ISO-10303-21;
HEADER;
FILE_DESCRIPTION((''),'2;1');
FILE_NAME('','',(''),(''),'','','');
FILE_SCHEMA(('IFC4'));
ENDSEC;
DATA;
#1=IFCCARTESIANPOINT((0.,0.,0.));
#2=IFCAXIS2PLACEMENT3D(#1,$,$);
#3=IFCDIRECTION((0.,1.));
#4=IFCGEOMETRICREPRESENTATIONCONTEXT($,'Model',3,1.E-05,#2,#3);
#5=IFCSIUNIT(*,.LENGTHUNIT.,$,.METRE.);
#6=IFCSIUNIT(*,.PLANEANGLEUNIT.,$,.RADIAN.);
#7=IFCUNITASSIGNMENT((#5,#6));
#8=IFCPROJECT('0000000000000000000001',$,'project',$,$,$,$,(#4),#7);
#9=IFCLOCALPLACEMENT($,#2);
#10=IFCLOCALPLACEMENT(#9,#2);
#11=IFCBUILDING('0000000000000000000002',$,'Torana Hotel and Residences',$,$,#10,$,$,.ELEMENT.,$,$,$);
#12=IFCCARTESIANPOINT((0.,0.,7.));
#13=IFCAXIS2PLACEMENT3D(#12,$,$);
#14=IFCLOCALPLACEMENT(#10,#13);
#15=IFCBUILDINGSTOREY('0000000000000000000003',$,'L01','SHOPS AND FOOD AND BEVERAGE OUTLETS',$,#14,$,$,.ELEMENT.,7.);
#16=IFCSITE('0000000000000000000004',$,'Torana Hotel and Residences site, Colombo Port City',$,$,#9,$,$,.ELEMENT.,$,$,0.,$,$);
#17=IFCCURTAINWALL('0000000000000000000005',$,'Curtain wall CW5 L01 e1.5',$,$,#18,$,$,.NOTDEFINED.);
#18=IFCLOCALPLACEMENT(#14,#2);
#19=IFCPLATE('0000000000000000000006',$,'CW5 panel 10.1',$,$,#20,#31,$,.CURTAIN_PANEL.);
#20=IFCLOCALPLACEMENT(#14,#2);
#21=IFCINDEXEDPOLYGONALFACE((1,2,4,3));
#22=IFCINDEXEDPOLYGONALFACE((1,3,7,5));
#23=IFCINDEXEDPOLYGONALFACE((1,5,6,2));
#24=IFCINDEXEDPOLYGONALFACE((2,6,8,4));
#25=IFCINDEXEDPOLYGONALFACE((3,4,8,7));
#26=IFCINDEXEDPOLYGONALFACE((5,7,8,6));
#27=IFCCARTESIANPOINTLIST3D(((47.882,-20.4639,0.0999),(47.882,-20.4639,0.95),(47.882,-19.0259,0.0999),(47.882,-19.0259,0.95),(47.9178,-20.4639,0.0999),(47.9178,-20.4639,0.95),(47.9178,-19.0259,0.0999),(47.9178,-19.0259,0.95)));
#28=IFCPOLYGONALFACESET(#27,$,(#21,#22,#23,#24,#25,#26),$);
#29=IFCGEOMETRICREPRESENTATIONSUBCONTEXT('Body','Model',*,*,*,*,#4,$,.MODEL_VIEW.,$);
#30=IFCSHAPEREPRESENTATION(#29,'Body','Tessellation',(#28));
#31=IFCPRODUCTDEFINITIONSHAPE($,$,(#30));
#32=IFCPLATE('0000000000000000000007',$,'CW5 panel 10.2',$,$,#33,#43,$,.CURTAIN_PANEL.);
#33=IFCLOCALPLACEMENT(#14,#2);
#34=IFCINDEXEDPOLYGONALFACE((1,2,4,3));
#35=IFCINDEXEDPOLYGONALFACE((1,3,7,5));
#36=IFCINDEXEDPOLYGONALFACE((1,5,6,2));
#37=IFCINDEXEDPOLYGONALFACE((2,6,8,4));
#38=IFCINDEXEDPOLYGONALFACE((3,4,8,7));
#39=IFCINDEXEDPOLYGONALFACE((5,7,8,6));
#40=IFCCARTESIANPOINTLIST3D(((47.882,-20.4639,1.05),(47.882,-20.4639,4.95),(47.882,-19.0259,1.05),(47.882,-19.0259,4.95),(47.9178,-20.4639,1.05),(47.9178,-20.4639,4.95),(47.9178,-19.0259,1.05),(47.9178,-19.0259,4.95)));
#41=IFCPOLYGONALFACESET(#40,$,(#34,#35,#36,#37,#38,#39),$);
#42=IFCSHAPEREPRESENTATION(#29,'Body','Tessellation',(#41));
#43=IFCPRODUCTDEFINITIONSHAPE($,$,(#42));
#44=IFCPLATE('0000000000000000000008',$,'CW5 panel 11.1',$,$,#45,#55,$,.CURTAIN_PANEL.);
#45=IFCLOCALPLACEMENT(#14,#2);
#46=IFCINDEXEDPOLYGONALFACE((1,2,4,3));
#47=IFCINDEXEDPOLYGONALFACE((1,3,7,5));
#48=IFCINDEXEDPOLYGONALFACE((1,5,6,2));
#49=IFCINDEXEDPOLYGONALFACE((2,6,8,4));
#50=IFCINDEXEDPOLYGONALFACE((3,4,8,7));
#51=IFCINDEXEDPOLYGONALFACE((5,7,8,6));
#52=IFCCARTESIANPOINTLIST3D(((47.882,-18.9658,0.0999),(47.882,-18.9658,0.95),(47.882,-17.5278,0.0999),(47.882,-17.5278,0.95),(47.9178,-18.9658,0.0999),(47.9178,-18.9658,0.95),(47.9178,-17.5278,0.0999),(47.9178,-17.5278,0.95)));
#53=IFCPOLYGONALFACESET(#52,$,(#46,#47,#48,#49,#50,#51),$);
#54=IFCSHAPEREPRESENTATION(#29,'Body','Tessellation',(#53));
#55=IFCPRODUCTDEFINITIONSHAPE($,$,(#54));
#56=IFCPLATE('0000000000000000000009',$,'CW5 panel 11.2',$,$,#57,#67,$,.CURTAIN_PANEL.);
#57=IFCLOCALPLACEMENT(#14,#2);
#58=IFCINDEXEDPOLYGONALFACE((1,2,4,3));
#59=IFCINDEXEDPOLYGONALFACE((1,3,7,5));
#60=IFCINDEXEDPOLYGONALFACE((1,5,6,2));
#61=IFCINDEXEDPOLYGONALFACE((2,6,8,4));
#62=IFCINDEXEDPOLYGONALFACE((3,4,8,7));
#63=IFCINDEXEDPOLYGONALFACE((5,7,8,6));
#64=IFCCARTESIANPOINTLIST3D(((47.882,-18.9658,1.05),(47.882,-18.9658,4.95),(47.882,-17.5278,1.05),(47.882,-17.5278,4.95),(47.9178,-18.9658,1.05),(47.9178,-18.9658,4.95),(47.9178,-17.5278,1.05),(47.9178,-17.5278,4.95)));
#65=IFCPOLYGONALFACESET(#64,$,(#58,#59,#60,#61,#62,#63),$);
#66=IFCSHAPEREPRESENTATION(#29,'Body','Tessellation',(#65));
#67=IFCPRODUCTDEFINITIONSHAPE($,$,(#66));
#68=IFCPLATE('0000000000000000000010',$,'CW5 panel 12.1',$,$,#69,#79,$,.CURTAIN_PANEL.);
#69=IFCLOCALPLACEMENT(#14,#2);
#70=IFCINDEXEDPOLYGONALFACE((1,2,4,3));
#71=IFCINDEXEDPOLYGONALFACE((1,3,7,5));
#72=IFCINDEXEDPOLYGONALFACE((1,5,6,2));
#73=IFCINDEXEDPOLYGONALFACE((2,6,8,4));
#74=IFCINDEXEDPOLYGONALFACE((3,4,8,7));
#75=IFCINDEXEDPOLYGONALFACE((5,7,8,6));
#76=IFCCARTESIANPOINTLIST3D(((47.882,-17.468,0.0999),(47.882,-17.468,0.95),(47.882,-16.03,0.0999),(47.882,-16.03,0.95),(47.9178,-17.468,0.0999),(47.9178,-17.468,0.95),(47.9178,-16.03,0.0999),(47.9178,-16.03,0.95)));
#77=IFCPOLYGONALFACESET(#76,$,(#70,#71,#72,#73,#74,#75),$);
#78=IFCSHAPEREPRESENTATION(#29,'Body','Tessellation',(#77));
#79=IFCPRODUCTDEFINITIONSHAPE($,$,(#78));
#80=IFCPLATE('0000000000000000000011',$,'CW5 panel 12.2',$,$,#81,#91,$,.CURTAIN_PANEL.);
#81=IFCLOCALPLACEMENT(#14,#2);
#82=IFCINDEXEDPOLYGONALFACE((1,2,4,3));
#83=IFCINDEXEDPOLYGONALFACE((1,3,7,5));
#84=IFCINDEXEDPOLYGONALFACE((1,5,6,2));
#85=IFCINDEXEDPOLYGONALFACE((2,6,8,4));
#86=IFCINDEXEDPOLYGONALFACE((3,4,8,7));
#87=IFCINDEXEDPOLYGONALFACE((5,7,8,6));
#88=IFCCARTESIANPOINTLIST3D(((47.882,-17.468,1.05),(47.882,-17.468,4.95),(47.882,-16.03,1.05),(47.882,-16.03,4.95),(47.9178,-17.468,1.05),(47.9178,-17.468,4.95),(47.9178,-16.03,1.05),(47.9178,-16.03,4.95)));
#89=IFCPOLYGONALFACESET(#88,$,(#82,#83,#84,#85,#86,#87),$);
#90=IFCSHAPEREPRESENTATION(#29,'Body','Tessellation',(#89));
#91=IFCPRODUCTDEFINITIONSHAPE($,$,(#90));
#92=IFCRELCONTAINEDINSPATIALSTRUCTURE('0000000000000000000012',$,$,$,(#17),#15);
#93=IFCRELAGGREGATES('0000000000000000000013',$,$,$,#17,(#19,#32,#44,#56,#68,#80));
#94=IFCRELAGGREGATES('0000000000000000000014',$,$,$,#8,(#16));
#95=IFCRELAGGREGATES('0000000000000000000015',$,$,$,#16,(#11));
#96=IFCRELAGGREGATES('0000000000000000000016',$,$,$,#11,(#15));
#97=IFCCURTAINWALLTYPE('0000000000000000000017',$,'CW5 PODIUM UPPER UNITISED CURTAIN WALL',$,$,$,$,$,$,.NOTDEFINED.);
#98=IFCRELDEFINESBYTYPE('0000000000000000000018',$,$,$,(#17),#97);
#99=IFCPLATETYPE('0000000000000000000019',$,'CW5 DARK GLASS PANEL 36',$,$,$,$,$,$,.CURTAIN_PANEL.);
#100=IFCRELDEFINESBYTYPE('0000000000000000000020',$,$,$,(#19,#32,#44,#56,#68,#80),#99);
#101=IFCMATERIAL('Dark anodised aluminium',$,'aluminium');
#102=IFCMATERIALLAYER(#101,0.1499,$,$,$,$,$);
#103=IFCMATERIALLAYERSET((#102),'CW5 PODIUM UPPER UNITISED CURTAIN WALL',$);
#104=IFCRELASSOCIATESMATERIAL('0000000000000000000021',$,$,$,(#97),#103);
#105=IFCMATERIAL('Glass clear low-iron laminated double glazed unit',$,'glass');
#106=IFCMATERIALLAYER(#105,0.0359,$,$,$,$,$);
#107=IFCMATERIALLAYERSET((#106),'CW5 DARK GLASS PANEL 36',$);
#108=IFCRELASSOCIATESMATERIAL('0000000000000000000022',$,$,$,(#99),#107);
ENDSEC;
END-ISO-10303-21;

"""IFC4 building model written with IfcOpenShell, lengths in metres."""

from ifc_helpers import new_model, si_unit, direction, frame, origin, origin_2d, place, context, subcontext, project, spatial, rectangle, extrude, material, layer, layer_set, type_object, element, aggregate, save


model = new_model("IFC4")

# Units and contexts
model_context = context("Model", 3, precision=1e-05, world=origin(), true_north=direction((0.0, 1.0)))
body_context = subcontext(model_context, "Body", "Model", "MODEL_VIEW")
ifc_project = project(units=[si_unit("LENGTHUNIT", "METRE"), si_unit("PLANEANGLEUNIT", "RADIAN")], contexts=[model_context])

# Site, building, storey
site_placement = place(None, origin())
site = spatial("IfcSite", under=ifc_project, at=site_placement, Name="Torana Hotel and Residences site, Colombo Port City", CompositionType="ELEMENT", RefElevation=0.0)
building_placement = place(site_placement, origin())
building = spatial("IfcBuilding", under=site, at=building_placement, Name="Torana Hotel and Residences", CompositionType="ELEMENT")
storey_placement = place(building_placement, frame((0.0, 0.0, 7.0)))
storey = spatial("IfcBuildingStorey", under=building, at=storey_placement, Name="L01", Description="SHOPS AND FOOD AND BEVERAGE OUTLETS", CompositionType="ELEMENT", Elevation=7.0)

# Curtain wall, plates
ifc_material_1 = material(Name="Dark anodised aluminium", Category="aluminium")
ifc_layer_1 = layer(ifc_material_1, 0.1499)
ifc_layer_set_1 = layer_set([ifc_layer_1], Name="CW5 PODIUM UPPER UNITISED CURTAIN WALL")
curtain_wall_type = type_object("IfcCurtainWallType", Name="CW5 PODIUM UPPER UNITISED CURTAIN WALL", PredefinedType="NOTDEFINED", material=ifc_layer_set_1)
curtain_wall_placement = place(storey_placement, origin())
curtain_wall = element("IfcCurtainWall", 1, at=curtain_wall_placement, inside=storey, type_object=curtain_wall_type, Name="Curtain wall CW5 L01 e1.5", PredefinedType="NOTDEFINED")
ifc_material_2 = material(Name="Glass clear low-iron laminated double glazed unit", Category="glass")
ifc_layer_2 = layer(ifc_material_2, 0.0359)
ifc_layer_set_2 = layer_set([ifc_layer_2], Name="CW5 DARK GLASS PANEL 36")
plate_type = type_object("IfcPlateType", Name="CW5 DARK GLASS PANEL 36", PredefinedType="CURTAIN_PANEL", material=ifc_layer_set_2)
plate_1_placement = place(storey_placement, frame((47.8999, -19.7449, 0.0999), z_axis=(0.0, 0.0, 1.0), x_axis=(0.0, 1.0, 0.0)))
plate_1 = element("IfcPlate", 2, at=plate_1_placement, type_object=plate_type, Name="CW5 panel 10.1", PredefinedType="CURTAIN_PANEL", context=body_context, shape_type="SweptSolid", body=[
    extrude(rectangle(XDim=1.438, YDim=0.0359, at=origin_2d()), origin(), (0.0, 0.0, 1.0), 0.8501),
])
plate_2_placement = place(storey_placement, frame((47.8999, -19.7449, 1.05), z_axis=(0.0, 0.0, 1.0), x_axis=(0.0, 1.0, 0.0)))
plate_2 = element("IfcPlate", 3, at=plate_2_placement, type_object=plate_type, Name="CW5 panel 10.2", PredefinedType="CURTAIN_PANEL", context=body_context, shape_type="SweptSolid", body=[
    extrude(rectangle(XDim=1.438, YDim=0.0359, at=origin_2d()), origin(), (0.0, 0.0, 1.0), 3.8999),
])
plate_3_placement = place(storey_placement, frame((47.8999, -18.2468, 0.0999), z_axis=(0.0, 0.0, 1.0), x_axis=(0.0, 1.0, 0.0)))
plate_3 = element("IfcPlate", 4, at=plate_3_placement, type_object=plate_type, Name="CW5 panel 11.1", PredefinedType="CURTAIN_PANEL", context=body_context, shape_type="SweptSolid", body=[
    extrude(rectangle(XDim=1.438, YDim=0.0359, at=origin_2d()), origin(), (0.0, 0.0, 1.0), 0.8501),
])
plate_4_placement = place(storey_placement, frame((47.8999, -18.2468, 1.05), z_axis=(0.0, 0.0, 1.0), x_axis=(0.0, 1.0, 0.0)))
plate_4 = element("IfcPlate", 5, at=plate_4_placement, type_object=plate_type, Name="CW5 panel 11.2", PredefinedType="CURTAIN_PANEL", context=body_context, shape_type="SweptSolid", body=[
    extrude(rectangle(XDim=1.438, YDim=0.0359, at=origin_2d()), origin(), (0.0, 0.0, 1.0), 3.8999),
])
plate_5_placement = place(storey_placement, frame((47.8999, -16.749, 0.0999), z_axis=(0.0, 0.0, 1.0), x_axis=(0.0, 1.0, 0.0)))
plate_5 = element("IfcPlate", 6, at=plate_5_placement, type_object=plate_type, Name="CW5 panel 12.1", PredefinedType="CURTAIN_PANEL", context=body_context, shape_type="SweptSolid", body=[
    extrude(rectangle(XDim=1.438, YDim=0.0359, at=origin_2d()), origin(), (0.0, 0.0, 1.0), 0.8501),
])
plate_6_placement = place(storey_placement, frame((47.8999, -16.749, 1.05), z_axis=(0.0, 0.0, 1.0), x_axis=(0.0, 1.0, 0.0)))
plate_6 = element("IfcPlate", 7, at=plate_6_placement, type_object=plate_type, Name="CW5 panel 12.2", PredefinedType="CURTAIN_PANEL", context=body_context, shape_type="SweptSolid", body=[
    extrude(rectangle(XDim=1.438, YDim=0.0359, at=origin_2d()), origin(), (0.0, 0.0, 1.0), 3.8999),
])
aggregate(curtain_wall, [plate_1, plate_2, plate_3, plate_4, plate_5, plate_6])

save(model, "model.ifc")
